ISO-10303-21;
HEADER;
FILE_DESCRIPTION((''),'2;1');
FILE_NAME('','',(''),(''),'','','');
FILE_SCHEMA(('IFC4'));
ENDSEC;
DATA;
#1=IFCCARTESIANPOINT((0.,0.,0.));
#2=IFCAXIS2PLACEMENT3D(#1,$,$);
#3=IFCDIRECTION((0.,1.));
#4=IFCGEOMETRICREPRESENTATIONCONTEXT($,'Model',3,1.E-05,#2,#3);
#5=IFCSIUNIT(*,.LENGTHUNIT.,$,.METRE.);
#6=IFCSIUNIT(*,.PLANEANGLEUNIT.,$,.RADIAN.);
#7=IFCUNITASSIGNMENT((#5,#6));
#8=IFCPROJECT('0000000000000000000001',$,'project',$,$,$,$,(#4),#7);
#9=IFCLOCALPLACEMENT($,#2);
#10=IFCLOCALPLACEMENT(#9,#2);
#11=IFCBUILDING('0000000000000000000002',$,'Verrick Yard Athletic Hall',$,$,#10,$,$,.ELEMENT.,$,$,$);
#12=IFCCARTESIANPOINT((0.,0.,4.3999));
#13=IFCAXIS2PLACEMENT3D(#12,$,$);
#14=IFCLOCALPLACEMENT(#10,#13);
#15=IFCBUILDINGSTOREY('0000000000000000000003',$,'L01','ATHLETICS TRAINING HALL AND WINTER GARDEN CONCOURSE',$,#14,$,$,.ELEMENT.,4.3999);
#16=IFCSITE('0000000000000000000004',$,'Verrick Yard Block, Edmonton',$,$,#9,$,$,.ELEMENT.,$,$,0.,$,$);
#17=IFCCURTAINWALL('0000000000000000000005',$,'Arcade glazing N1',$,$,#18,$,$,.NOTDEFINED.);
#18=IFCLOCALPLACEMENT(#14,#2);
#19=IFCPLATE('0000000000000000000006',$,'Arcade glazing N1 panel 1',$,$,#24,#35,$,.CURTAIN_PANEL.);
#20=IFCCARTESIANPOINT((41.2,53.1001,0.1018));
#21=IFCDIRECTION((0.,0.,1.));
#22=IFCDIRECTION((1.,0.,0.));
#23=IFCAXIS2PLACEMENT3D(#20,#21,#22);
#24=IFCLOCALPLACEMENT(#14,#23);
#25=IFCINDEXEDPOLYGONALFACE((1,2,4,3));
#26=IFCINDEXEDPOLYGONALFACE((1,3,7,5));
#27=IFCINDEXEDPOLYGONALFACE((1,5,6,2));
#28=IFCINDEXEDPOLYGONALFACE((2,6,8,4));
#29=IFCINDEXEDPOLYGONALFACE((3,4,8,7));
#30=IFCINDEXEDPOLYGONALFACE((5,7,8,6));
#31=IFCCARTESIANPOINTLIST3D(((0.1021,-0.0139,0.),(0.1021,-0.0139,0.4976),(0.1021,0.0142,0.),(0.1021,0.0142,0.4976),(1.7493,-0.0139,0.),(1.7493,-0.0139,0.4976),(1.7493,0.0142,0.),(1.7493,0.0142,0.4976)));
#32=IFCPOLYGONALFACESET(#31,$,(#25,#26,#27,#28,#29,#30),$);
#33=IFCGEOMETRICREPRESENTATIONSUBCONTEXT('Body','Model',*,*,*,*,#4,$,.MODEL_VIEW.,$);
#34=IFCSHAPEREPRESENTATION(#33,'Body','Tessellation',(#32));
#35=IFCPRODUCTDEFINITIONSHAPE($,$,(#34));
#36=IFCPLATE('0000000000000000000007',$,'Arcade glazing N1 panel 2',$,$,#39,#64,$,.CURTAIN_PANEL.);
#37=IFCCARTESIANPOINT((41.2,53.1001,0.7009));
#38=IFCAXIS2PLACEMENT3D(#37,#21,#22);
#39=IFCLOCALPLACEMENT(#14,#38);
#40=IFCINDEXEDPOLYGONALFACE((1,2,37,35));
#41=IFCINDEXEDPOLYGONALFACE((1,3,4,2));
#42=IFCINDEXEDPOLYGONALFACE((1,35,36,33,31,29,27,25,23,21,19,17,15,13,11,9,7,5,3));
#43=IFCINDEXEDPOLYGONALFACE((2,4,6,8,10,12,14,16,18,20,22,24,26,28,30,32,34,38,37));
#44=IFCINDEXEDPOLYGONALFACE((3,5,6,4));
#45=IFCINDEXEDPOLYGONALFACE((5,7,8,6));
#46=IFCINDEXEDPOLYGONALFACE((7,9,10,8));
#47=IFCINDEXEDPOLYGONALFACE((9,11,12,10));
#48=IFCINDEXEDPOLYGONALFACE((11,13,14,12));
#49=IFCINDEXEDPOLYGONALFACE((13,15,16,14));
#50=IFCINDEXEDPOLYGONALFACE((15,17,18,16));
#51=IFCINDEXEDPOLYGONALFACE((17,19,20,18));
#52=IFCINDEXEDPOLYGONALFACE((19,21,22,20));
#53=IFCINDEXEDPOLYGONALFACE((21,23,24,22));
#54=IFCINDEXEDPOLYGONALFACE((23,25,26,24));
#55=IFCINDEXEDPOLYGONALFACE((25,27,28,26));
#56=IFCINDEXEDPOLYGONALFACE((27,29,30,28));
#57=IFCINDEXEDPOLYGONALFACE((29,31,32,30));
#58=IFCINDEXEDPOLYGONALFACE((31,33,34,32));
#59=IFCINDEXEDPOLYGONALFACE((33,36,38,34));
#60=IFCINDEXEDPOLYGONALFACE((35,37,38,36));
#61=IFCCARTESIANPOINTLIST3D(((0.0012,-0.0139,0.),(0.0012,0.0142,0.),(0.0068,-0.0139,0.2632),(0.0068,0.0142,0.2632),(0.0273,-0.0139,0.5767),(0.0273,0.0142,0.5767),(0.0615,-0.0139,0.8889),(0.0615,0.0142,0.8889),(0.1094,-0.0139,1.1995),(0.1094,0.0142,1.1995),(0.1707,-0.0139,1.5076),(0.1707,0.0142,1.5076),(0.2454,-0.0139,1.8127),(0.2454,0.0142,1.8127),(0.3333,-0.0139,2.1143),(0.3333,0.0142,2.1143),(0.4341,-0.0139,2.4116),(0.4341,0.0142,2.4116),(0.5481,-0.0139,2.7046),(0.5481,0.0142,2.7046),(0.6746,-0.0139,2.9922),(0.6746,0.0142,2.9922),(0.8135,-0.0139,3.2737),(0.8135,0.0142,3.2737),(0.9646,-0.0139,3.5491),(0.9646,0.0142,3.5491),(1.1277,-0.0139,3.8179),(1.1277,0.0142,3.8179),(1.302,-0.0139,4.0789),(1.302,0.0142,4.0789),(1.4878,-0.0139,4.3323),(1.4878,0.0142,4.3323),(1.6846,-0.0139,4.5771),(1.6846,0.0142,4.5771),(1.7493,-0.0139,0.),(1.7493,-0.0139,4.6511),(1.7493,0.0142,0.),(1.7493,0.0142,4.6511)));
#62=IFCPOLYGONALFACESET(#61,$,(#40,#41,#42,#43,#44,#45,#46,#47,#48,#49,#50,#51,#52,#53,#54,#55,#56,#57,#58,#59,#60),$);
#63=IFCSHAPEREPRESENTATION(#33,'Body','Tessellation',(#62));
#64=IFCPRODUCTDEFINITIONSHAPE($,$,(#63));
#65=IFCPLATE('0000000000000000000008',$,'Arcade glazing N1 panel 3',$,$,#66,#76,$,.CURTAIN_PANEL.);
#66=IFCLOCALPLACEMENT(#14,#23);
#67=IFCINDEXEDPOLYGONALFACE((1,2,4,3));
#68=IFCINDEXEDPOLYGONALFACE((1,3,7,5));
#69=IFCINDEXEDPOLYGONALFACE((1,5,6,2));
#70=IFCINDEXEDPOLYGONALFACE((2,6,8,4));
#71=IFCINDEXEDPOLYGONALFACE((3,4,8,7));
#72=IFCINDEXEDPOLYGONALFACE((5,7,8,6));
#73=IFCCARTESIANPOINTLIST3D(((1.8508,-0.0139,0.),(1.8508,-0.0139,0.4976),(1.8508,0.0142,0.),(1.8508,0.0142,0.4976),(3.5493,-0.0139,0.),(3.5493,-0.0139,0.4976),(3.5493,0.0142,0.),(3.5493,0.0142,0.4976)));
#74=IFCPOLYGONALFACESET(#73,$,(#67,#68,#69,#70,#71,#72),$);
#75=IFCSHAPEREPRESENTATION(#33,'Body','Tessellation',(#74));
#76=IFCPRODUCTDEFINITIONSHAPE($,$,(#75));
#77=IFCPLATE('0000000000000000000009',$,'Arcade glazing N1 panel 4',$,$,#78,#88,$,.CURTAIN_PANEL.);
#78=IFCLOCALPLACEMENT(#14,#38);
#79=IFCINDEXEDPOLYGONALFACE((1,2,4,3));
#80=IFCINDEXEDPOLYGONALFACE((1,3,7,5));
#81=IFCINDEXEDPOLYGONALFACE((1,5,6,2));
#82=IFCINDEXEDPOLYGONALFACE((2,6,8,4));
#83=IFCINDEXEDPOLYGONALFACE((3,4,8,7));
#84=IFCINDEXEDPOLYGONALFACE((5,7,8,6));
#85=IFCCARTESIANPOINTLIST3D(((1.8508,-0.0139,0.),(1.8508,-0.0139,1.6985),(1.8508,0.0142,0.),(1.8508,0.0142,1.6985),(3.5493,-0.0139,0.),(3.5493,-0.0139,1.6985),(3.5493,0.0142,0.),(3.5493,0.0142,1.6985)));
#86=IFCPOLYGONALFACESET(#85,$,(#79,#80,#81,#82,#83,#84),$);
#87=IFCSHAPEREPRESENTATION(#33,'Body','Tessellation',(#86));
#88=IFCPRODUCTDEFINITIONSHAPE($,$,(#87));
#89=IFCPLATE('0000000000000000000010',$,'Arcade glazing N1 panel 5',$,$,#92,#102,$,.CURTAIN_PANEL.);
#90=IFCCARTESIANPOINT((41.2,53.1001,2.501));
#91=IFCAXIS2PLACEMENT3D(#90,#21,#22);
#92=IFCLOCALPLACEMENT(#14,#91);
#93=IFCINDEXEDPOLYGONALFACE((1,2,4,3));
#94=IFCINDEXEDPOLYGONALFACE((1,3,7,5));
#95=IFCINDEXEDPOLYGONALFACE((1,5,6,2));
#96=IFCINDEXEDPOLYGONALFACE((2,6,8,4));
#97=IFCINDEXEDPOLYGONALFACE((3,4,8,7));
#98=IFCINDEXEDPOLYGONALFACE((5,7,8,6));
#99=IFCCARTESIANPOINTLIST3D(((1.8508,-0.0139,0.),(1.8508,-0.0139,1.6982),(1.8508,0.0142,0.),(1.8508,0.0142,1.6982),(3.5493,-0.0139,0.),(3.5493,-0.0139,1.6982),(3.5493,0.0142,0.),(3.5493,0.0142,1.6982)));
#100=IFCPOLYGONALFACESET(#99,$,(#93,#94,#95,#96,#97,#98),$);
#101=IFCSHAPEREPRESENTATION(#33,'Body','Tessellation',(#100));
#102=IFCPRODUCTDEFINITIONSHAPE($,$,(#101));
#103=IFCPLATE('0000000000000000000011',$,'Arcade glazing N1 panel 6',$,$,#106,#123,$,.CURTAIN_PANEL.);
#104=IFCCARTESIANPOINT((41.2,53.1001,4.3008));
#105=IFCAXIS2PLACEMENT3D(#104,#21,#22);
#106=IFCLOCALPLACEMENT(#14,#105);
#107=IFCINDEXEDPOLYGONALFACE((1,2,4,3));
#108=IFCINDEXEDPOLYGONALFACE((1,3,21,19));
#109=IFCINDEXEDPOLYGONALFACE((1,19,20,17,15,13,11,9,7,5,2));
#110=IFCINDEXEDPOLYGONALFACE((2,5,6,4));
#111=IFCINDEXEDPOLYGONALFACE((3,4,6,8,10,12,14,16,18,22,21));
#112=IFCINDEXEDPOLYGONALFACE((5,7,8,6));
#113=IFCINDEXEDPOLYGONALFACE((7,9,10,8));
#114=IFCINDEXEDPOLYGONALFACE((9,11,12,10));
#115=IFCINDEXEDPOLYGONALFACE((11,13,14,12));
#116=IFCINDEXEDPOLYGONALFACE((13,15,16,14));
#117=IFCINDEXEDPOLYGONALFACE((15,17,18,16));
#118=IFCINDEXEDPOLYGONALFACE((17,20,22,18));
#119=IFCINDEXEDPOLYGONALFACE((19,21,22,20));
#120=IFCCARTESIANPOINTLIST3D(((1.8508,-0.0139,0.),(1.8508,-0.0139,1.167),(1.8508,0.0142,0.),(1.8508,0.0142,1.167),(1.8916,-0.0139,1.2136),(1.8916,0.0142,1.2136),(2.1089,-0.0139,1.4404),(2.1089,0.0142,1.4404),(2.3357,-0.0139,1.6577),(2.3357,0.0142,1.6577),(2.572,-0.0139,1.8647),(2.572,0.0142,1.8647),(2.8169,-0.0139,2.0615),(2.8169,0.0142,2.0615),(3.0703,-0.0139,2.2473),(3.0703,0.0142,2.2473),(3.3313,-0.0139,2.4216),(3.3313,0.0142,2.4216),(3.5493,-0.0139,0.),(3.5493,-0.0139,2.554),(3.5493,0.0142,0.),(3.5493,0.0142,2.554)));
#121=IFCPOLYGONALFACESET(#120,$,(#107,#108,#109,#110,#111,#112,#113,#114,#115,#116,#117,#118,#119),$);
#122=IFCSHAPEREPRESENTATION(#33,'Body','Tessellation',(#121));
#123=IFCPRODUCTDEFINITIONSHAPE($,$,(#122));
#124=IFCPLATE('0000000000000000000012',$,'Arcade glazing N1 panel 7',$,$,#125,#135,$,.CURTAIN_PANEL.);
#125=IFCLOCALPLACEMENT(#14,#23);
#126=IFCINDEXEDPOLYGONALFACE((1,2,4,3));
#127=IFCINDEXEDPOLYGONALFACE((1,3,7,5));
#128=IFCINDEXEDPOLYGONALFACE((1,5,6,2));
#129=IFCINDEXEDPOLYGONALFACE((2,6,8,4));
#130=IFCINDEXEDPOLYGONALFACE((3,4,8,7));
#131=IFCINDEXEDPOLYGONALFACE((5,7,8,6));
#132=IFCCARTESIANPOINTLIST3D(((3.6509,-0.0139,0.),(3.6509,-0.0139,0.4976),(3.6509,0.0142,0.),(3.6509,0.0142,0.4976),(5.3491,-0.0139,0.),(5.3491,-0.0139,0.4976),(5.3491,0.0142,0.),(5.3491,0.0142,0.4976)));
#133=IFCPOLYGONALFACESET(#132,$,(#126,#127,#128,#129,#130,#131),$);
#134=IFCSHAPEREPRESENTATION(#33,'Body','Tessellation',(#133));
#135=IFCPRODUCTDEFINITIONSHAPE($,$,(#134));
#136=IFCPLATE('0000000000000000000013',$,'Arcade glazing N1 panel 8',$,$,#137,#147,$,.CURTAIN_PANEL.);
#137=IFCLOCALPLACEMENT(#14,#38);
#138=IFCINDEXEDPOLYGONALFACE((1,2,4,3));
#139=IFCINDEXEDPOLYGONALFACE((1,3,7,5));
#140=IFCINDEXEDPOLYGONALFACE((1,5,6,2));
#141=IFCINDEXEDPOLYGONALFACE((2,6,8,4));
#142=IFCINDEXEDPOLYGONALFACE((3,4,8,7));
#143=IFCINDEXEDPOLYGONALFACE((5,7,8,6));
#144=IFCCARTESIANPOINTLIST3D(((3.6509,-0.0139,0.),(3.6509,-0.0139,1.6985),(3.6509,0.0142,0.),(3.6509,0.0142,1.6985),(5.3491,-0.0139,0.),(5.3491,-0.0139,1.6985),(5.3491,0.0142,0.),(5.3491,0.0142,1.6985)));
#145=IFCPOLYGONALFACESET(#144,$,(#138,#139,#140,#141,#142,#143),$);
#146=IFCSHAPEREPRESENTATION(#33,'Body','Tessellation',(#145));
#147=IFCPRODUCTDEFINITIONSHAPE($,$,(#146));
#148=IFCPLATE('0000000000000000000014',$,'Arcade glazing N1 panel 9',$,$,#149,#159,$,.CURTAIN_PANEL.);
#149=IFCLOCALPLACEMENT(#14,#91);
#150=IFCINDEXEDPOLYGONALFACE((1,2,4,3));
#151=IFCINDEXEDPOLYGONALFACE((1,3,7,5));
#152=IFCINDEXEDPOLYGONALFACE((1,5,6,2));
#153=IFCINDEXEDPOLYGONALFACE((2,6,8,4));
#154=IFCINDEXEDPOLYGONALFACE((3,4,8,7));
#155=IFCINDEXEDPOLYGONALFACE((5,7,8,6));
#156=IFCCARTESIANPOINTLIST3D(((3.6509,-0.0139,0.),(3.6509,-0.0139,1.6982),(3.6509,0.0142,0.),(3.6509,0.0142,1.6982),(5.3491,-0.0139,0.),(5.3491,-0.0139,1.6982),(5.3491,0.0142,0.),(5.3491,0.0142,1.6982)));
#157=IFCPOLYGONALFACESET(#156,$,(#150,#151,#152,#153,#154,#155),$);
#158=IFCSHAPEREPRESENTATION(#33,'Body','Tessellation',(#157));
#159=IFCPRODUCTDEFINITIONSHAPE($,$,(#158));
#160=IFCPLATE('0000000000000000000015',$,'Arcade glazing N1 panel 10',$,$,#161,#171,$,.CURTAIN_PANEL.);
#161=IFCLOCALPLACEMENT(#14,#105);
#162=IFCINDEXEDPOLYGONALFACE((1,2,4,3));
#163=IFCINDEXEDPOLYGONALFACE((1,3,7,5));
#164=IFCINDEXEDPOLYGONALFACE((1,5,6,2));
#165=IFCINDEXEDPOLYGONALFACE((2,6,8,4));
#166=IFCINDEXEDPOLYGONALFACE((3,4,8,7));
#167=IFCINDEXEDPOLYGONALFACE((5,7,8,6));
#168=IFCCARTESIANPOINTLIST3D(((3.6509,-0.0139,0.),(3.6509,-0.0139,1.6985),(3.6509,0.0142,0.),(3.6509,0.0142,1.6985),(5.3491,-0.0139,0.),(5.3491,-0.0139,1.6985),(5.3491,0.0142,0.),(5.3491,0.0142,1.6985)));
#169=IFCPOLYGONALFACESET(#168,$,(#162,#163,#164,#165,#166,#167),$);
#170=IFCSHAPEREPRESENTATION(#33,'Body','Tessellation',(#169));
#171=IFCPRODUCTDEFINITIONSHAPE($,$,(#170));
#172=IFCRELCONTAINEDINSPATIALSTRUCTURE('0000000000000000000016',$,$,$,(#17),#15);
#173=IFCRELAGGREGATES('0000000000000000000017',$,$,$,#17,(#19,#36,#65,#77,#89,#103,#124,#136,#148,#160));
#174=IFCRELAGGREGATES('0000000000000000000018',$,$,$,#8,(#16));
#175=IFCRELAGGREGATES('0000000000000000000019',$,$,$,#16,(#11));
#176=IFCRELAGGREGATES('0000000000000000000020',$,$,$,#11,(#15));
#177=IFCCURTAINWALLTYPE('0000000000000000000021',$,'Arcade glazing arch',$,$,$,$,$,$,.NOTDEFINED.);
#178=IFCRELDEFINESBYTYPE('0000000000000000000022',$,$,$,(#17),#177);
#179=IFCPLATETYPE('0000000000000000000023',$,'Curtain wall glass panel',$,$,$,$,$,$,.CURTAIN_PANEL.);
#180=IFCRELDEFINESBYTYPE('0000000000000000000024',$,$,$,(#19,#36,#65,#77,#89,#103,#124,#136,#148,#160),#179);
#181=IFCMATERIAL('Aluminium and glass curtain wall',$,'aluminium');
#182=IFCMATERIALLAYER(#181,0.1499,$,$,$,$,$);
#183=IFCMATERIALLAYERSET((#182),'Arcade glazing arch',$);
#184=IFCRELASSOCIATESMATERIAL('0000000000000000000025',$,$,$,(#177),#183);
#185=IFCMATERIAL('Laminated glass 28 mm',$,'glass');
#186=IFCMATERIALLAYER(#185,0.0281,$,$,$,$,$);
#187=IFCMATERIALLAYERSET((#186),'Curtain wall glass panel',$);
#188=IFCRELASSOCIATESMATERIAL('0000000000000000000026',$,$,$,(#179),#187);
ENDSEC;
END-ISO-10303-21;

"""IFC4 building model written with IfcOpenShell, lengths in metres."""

from ifc_helpers import new_model, si_unit, direction, frame, origin, place, context, subcontext, project, spatial, polyline, outline, extrude, material, layer, layer_set, type_object, element, aggregate, save


model = new_model("IFC4")

# Units and contexts
model_context = context("Model", 3, precision=1e-05, world=origin(), true_north=direction((0.0, 1.0)))
body_context = subcontext(model_context, "Body", "Model", "MODEL_VIEW")
ifc_project = project(units=[si_unit("LENGTHUNIT", "METRE"), si_unit("PLANEANGLEUNIT", "RADIAN")], contexts=[model_context])

# Site, building, storey
site_placement = place(None, origin())
site = spatial("IfcSite", under=ifc_project, at=site_placement, Name="Verrick Yard Block, Edmonton", CompositionType="ELEMENT", RefElevation=0.0)
building_placement = place(site_placement, origin())
building = spatial("IfcBuilding", under=site, at=building_placement, Name="Verrick Yard Athletic Hall", CompositionType="ELEMENT")
storey_placement = place(building_placement, frame((0.0, 0.0, 4.3999)))
storey = spatial("IfcBuildingStorey", under=building, at=storey_placement, Name="L01", Description="ATHLETICS TRAINING HALL AND WINTER GARDEN CONCOURSE", CompositionType="ELEMENT", Elevation=4.3999)

# Curtain wall, plates
ifc_material_1 = material(Name="Aluminium and glass curtain wall", Category="aluminium")
ifc_layer_1 = layer(ifc_material_1, 0.1499)
ifc_layer_set_1 = layer_set([ifc_layer_1], Name="Arcade glazing arch")
curtain_wall_type = type_object("IfcCurtainWallType", Name="Arcade glazing arch", PredefinedType="NOTDEFINED", material=ifc_layer_set_1)
curtain_wall_placement = place(storey_placement, origin())
curtain_wall = element("IfcCurtainWall", 1, at=curtain_wall_placement, inside=storey, type_object=curtain_wall_type, Name="Arcade glazing N1", PredefinedType="NOTDEFINED")
ifc_material_2 = material(Name="Laminated glass 28 mm", Category="glass")
ifc_layer_2 = layer(ifc_material_2, 0.0281)
ifc_layer_set_2 = layer_set([ifc_layer_2], Name="Curtain wall glass panel")
plate_type = type_object("IfcPlateType", Name="Curtain wall glass panel", PredefinedType="CURTAIN_PANEL", material=ifc_layer_set_2)
plate_1_placement = place(storey_placement, frame((41.2, 53.1001, 0.1018), z_axis=(0.0, 0.0, 1.0), x_axis=(1.0, 0.0, 0.0)))
plate_1 = element("IfcPlate", 2, at=plate_1_placement, type_object=plate_type, Name="Arcade glazing N1 panel 1", PredefinedType="CURTAIN_PANEL", context=body_context, shape_type="SweptSolid", body=[
    extrude(outline(polyline([(1.7493, 0.0), (1.7493, 0.4976), (0.1021, 0.4976), (0.1021, 0.0), (1.7493, 0.0)])), frame((0.0, 0.0142, 0.0), z_axis=(0.0, -1.0, 0.0), x_axis=(1.0, 0.0, 0.0)), (0.0, 0.0, 1.0), 0.0281),
])
plate_2_placement = place(storey_placement, frame((41.2, 53.1001, 0.7009), z_axis=(0.0, 0.0, 1.0), x_axis=(1.0, 0.0, 0.0)))
plate_2 = element("IfcPlate", 3, at=plate_2_placement, type_object=plate_type, Name="Arcade glazing N1 panel 2", PredefinedType="CURTAIN_PANEL", context=body_context, shape_type="SweptSolid", body=[
    extrude(outline(polyline([(1.7493, 4.6511), (1.6846, 4.5771), (1.4878, 4.3323), (1.302, 4.0789), (1.1277, 3.8179), (0.9646, 3.5491), (0.8135, 3.2737), (0.6746, 2.9922), (0.5481, 2.7046), (0.4341, 2.4116), (0.3333, 2.1143), (0.2454, 1.8127), (0.1707, 1.5076), (0.1094, 1.1995), (0.0615, 0.8889), (0.0273, 0.5767), (0.0068, 0.2632), (0.0012, 0.0), (1.7493, 0.0), (1.7493, 4.6511)])), frame((0.0, 0.0142, 0.0), z_axis=(0.0, -1.0, 0.0), x_axis=(1.0, 0.0, 0.0)), (0.0, 0.0, 1.0), 0.0281),
])
plate_3_placement = place(storey_placement, frame((41.2, 53.1001, 0.1018), z_axis=(0.0, 0.0, 1.0), x_axis=(1.0, 0.0, 0.0)))
plate_3 = element("IfcPlate", 4, at=plate_3_placement, type_object=plate_type, Name="Arcade glazing N1 panel 3", PredefinedType="CURTAIN_PANEL", context=body_context, shape_type="SweptSolid", body=[
    extrude(outline(polyline([(3.5493, 0.0), (3.5493, 0.4976), (1.8508, 0.4976), (1.8508, 0.0), (3.5493, 0.0)])), frame((0.0, 0.0142, 0.0), z_axis=(0.0, -1.0, 0.0), x_axis=(1.0, 0.0, 0.0)), (0.0, 0.0, 1.0), 0.0281),
])
plate_4_placement = place(storey_placement, frame((41.2, 53.1001, 0.7009), z_axis=(0.0, 0.0, 1.0), x_axis=(1.0, 0.0, 0.0)))
plate_4 = element("IfcPlate", 5, at=plate_4_placement, type_object=plate_type, Name="Arcade glazing N1 panel 4", PredefinedType="CURTAIN_PANEL", context=body_context, shape_type="SweptSolid", body=[
    extrude(outline(polyline([(3.5493, 0.0), (3.5493, 1.6985), (1.8508, 1.6985), (1.8508, 0.0), (3.5493, 0.0)])), frame((0.0, 0.0142, 0.0), z_axis=(0.0, -1.0, 0.0), x_axis=(1.0, 0.0, 0.0)), (0.0, 0.0, 1.0), 0.0281),
])
plate_5_placement = place(storey_placement, frame((41.2, 53.1001, 2.501), z_axis=(0.0, 0.0, 1.0), x_axis=(1.0, 0.0, 0.0)))
plate_5 = element("IfcPlate", 6, at=plate_5_placement, type_object=plate_type, Name="Arcade glazing N1 panel 5", PredefinedType="CURTAIN_PANEL", context=body_context, shape_type="SweptSolid", body=[
    extrude(outline(polyline([(3.5493, 0.0), (3.5493, 1.6982), (1.8508, 1.6982), (1.8508, 0.0), (3.5493, 0.0)])), frame((0.0, 0.0142, 0.0), z_axis=(0.0, -1.0, 0.0), x_axis=(1.0, 0.0, 0.0)), (0.0, 0.0, 1.0), 0.0281),
])
plate_6_placement = place(storey_placement, frame((41.2, 53.1001, 4.3008), z_axis=(0.0, 0.0, 1.0), x_axis=(1.0, 0.0, 0.0)))
plate_6 = element("IfcPlate", 7, at=plate_6_placement, type_object=plate_type, Name="Arcade glazing N1 panel 6", PredefinedType="CURTAIN_PANEL", context=body_context, shape_type="SweptSolid", body=[
    extrude(outline(polyline([(3.5493, 2.554), (3.3313, 2.4216), (3.0703, 2.2473), (2.8169, 2.0615), (2.572, 1.8647), (2.3357, 1.6577), (2.1089, 1.4404), (1.8916, 1.2136), (1.8508, 1.167), (1.8508, 0.0), (3.5493, 0.0), (3.5493, 2.554)])), frame((0.0, 0.0142, 0.0), z_axis=(0.0, -1.0, 0.0), x_axis=(1.0, 0.0, 0.0)), (0.0, 0.0, 1.0), 0.0281),
])
plate_7_placement = place(storey_placement, frame((41.2, 53.1001, 0.1018), z_axis=(0.0, 0.0, 1.0), x_axis=(1.0, 0.0, 0.0)))
plate_7 = element("IfcPlate", 8, at=plate_7_placement, type_object=plate_type, Name="Arcade glazing N1 panel 7", PredefinedType="CURTAIN_PANEL", context=body_context, shape_type="SweptSolid", body=[
    extrude(outline(polyline([(5.3491, 0.0), (5.3491, 0.4976), (3.6509, 0.4976), (3.6509, 0.0), (5.3491, 0.0)])), frame((0.0, 0.0142, 0.0), z_axis=(0.0, -1.0, 0.0), x_axis=(1.0, 0.0, 0.0)), (0.0, 0.0, 1.0), 0.0281),
])
plate_8_placement = place(storey_placement, frame((41.2, 53.1001, 0.7009), z_axis=(0.0, 0.0, 1.0), x_axis=(1.0, 0.0, 0.0)))
plate_8 = element("IfcPlate", 9, at=plate_8_placement, type_object=plate_type, Name="Arcade glazing N1 panel 8", PredefinedType="CURTAIN_PANEL", context=body_context, shape_type="SweptSolid", body=[
    extrude(outline(polyline([(5.3491, 0.0), (5.3491, 1.6985), (3.6509, 1.6985), (3.6509, 0.0), (5.3491, 0.0)])), frame((0.0, 0.0142, 0.0), z_axis=(0.0, -1.0, 0.0), x_axis=(1.0, 0.0, 0.0)), (0.0, 0.0, 1.0), 0.0281),
])
plate_9_placement = place(storey_placement, frame((41.2, 53.1001, 2.501), z_axis=(0.0, 0.0, 1.0), x_axis=(1.0, 0.0, 0.0)))
plate_9 = element("IfcPlate", 10, at=plate_9_placement, type_object=plate_type, Name="Arcade glazing N1 panel 9", PredefinedType="CURTAIN_PANEL", context=body_context, shape_type="SweptSolid", body=[
    extrude(outline(polyline([(5.3491, 0.0), (5.3491, 1.6982), (3.6509, 1.6982), (3.6509, 0.0), (5.3491, 0.0)])), frame((0.0, 0.0142, 0.0), z_axis=(0.0, -1.0, 0.0), x_axis=(1.0, 0.0, 0.0)), (0.0, 0.0, 1.0), 0.0281),
])
plate_10_placement = place(storey_placement, frame((41.2, 53.1001, 4.3008), z_axis=(0.0, 0.0, 1.0), x_axis=(1.0, 0.0, 0.0)))
plate_10 = element("IfcPlate", 11, at=plate_10_placement, type_object=plate_type, Name="Arcade glazing N1 panel 10", PredefinedType="CURTAIN_PANEL", context=body_context, shape_type="SweptSolid", body=[
    extrude(outline(polyline([(5.3491, 0.0), (5.3491, 1.6985), (3.6509, 1.6985), (3.6509, 0.0), (5.3491, 0.0)])), frame((0.0, 0.0142, 0.0), z_axis=(0.0, -1.0, 0.0), x_axis=(1.0, 0.0, 0.0)), (0.0, 0.0, 1.0), 0.0281),
])
aggregate(curtain_wall, [plate_1, plate_2, plate_3, plate_4, plate_5, plate_6, plate_7, plate_8, plate_9, plate_10])

save(model, "model.ifc")
